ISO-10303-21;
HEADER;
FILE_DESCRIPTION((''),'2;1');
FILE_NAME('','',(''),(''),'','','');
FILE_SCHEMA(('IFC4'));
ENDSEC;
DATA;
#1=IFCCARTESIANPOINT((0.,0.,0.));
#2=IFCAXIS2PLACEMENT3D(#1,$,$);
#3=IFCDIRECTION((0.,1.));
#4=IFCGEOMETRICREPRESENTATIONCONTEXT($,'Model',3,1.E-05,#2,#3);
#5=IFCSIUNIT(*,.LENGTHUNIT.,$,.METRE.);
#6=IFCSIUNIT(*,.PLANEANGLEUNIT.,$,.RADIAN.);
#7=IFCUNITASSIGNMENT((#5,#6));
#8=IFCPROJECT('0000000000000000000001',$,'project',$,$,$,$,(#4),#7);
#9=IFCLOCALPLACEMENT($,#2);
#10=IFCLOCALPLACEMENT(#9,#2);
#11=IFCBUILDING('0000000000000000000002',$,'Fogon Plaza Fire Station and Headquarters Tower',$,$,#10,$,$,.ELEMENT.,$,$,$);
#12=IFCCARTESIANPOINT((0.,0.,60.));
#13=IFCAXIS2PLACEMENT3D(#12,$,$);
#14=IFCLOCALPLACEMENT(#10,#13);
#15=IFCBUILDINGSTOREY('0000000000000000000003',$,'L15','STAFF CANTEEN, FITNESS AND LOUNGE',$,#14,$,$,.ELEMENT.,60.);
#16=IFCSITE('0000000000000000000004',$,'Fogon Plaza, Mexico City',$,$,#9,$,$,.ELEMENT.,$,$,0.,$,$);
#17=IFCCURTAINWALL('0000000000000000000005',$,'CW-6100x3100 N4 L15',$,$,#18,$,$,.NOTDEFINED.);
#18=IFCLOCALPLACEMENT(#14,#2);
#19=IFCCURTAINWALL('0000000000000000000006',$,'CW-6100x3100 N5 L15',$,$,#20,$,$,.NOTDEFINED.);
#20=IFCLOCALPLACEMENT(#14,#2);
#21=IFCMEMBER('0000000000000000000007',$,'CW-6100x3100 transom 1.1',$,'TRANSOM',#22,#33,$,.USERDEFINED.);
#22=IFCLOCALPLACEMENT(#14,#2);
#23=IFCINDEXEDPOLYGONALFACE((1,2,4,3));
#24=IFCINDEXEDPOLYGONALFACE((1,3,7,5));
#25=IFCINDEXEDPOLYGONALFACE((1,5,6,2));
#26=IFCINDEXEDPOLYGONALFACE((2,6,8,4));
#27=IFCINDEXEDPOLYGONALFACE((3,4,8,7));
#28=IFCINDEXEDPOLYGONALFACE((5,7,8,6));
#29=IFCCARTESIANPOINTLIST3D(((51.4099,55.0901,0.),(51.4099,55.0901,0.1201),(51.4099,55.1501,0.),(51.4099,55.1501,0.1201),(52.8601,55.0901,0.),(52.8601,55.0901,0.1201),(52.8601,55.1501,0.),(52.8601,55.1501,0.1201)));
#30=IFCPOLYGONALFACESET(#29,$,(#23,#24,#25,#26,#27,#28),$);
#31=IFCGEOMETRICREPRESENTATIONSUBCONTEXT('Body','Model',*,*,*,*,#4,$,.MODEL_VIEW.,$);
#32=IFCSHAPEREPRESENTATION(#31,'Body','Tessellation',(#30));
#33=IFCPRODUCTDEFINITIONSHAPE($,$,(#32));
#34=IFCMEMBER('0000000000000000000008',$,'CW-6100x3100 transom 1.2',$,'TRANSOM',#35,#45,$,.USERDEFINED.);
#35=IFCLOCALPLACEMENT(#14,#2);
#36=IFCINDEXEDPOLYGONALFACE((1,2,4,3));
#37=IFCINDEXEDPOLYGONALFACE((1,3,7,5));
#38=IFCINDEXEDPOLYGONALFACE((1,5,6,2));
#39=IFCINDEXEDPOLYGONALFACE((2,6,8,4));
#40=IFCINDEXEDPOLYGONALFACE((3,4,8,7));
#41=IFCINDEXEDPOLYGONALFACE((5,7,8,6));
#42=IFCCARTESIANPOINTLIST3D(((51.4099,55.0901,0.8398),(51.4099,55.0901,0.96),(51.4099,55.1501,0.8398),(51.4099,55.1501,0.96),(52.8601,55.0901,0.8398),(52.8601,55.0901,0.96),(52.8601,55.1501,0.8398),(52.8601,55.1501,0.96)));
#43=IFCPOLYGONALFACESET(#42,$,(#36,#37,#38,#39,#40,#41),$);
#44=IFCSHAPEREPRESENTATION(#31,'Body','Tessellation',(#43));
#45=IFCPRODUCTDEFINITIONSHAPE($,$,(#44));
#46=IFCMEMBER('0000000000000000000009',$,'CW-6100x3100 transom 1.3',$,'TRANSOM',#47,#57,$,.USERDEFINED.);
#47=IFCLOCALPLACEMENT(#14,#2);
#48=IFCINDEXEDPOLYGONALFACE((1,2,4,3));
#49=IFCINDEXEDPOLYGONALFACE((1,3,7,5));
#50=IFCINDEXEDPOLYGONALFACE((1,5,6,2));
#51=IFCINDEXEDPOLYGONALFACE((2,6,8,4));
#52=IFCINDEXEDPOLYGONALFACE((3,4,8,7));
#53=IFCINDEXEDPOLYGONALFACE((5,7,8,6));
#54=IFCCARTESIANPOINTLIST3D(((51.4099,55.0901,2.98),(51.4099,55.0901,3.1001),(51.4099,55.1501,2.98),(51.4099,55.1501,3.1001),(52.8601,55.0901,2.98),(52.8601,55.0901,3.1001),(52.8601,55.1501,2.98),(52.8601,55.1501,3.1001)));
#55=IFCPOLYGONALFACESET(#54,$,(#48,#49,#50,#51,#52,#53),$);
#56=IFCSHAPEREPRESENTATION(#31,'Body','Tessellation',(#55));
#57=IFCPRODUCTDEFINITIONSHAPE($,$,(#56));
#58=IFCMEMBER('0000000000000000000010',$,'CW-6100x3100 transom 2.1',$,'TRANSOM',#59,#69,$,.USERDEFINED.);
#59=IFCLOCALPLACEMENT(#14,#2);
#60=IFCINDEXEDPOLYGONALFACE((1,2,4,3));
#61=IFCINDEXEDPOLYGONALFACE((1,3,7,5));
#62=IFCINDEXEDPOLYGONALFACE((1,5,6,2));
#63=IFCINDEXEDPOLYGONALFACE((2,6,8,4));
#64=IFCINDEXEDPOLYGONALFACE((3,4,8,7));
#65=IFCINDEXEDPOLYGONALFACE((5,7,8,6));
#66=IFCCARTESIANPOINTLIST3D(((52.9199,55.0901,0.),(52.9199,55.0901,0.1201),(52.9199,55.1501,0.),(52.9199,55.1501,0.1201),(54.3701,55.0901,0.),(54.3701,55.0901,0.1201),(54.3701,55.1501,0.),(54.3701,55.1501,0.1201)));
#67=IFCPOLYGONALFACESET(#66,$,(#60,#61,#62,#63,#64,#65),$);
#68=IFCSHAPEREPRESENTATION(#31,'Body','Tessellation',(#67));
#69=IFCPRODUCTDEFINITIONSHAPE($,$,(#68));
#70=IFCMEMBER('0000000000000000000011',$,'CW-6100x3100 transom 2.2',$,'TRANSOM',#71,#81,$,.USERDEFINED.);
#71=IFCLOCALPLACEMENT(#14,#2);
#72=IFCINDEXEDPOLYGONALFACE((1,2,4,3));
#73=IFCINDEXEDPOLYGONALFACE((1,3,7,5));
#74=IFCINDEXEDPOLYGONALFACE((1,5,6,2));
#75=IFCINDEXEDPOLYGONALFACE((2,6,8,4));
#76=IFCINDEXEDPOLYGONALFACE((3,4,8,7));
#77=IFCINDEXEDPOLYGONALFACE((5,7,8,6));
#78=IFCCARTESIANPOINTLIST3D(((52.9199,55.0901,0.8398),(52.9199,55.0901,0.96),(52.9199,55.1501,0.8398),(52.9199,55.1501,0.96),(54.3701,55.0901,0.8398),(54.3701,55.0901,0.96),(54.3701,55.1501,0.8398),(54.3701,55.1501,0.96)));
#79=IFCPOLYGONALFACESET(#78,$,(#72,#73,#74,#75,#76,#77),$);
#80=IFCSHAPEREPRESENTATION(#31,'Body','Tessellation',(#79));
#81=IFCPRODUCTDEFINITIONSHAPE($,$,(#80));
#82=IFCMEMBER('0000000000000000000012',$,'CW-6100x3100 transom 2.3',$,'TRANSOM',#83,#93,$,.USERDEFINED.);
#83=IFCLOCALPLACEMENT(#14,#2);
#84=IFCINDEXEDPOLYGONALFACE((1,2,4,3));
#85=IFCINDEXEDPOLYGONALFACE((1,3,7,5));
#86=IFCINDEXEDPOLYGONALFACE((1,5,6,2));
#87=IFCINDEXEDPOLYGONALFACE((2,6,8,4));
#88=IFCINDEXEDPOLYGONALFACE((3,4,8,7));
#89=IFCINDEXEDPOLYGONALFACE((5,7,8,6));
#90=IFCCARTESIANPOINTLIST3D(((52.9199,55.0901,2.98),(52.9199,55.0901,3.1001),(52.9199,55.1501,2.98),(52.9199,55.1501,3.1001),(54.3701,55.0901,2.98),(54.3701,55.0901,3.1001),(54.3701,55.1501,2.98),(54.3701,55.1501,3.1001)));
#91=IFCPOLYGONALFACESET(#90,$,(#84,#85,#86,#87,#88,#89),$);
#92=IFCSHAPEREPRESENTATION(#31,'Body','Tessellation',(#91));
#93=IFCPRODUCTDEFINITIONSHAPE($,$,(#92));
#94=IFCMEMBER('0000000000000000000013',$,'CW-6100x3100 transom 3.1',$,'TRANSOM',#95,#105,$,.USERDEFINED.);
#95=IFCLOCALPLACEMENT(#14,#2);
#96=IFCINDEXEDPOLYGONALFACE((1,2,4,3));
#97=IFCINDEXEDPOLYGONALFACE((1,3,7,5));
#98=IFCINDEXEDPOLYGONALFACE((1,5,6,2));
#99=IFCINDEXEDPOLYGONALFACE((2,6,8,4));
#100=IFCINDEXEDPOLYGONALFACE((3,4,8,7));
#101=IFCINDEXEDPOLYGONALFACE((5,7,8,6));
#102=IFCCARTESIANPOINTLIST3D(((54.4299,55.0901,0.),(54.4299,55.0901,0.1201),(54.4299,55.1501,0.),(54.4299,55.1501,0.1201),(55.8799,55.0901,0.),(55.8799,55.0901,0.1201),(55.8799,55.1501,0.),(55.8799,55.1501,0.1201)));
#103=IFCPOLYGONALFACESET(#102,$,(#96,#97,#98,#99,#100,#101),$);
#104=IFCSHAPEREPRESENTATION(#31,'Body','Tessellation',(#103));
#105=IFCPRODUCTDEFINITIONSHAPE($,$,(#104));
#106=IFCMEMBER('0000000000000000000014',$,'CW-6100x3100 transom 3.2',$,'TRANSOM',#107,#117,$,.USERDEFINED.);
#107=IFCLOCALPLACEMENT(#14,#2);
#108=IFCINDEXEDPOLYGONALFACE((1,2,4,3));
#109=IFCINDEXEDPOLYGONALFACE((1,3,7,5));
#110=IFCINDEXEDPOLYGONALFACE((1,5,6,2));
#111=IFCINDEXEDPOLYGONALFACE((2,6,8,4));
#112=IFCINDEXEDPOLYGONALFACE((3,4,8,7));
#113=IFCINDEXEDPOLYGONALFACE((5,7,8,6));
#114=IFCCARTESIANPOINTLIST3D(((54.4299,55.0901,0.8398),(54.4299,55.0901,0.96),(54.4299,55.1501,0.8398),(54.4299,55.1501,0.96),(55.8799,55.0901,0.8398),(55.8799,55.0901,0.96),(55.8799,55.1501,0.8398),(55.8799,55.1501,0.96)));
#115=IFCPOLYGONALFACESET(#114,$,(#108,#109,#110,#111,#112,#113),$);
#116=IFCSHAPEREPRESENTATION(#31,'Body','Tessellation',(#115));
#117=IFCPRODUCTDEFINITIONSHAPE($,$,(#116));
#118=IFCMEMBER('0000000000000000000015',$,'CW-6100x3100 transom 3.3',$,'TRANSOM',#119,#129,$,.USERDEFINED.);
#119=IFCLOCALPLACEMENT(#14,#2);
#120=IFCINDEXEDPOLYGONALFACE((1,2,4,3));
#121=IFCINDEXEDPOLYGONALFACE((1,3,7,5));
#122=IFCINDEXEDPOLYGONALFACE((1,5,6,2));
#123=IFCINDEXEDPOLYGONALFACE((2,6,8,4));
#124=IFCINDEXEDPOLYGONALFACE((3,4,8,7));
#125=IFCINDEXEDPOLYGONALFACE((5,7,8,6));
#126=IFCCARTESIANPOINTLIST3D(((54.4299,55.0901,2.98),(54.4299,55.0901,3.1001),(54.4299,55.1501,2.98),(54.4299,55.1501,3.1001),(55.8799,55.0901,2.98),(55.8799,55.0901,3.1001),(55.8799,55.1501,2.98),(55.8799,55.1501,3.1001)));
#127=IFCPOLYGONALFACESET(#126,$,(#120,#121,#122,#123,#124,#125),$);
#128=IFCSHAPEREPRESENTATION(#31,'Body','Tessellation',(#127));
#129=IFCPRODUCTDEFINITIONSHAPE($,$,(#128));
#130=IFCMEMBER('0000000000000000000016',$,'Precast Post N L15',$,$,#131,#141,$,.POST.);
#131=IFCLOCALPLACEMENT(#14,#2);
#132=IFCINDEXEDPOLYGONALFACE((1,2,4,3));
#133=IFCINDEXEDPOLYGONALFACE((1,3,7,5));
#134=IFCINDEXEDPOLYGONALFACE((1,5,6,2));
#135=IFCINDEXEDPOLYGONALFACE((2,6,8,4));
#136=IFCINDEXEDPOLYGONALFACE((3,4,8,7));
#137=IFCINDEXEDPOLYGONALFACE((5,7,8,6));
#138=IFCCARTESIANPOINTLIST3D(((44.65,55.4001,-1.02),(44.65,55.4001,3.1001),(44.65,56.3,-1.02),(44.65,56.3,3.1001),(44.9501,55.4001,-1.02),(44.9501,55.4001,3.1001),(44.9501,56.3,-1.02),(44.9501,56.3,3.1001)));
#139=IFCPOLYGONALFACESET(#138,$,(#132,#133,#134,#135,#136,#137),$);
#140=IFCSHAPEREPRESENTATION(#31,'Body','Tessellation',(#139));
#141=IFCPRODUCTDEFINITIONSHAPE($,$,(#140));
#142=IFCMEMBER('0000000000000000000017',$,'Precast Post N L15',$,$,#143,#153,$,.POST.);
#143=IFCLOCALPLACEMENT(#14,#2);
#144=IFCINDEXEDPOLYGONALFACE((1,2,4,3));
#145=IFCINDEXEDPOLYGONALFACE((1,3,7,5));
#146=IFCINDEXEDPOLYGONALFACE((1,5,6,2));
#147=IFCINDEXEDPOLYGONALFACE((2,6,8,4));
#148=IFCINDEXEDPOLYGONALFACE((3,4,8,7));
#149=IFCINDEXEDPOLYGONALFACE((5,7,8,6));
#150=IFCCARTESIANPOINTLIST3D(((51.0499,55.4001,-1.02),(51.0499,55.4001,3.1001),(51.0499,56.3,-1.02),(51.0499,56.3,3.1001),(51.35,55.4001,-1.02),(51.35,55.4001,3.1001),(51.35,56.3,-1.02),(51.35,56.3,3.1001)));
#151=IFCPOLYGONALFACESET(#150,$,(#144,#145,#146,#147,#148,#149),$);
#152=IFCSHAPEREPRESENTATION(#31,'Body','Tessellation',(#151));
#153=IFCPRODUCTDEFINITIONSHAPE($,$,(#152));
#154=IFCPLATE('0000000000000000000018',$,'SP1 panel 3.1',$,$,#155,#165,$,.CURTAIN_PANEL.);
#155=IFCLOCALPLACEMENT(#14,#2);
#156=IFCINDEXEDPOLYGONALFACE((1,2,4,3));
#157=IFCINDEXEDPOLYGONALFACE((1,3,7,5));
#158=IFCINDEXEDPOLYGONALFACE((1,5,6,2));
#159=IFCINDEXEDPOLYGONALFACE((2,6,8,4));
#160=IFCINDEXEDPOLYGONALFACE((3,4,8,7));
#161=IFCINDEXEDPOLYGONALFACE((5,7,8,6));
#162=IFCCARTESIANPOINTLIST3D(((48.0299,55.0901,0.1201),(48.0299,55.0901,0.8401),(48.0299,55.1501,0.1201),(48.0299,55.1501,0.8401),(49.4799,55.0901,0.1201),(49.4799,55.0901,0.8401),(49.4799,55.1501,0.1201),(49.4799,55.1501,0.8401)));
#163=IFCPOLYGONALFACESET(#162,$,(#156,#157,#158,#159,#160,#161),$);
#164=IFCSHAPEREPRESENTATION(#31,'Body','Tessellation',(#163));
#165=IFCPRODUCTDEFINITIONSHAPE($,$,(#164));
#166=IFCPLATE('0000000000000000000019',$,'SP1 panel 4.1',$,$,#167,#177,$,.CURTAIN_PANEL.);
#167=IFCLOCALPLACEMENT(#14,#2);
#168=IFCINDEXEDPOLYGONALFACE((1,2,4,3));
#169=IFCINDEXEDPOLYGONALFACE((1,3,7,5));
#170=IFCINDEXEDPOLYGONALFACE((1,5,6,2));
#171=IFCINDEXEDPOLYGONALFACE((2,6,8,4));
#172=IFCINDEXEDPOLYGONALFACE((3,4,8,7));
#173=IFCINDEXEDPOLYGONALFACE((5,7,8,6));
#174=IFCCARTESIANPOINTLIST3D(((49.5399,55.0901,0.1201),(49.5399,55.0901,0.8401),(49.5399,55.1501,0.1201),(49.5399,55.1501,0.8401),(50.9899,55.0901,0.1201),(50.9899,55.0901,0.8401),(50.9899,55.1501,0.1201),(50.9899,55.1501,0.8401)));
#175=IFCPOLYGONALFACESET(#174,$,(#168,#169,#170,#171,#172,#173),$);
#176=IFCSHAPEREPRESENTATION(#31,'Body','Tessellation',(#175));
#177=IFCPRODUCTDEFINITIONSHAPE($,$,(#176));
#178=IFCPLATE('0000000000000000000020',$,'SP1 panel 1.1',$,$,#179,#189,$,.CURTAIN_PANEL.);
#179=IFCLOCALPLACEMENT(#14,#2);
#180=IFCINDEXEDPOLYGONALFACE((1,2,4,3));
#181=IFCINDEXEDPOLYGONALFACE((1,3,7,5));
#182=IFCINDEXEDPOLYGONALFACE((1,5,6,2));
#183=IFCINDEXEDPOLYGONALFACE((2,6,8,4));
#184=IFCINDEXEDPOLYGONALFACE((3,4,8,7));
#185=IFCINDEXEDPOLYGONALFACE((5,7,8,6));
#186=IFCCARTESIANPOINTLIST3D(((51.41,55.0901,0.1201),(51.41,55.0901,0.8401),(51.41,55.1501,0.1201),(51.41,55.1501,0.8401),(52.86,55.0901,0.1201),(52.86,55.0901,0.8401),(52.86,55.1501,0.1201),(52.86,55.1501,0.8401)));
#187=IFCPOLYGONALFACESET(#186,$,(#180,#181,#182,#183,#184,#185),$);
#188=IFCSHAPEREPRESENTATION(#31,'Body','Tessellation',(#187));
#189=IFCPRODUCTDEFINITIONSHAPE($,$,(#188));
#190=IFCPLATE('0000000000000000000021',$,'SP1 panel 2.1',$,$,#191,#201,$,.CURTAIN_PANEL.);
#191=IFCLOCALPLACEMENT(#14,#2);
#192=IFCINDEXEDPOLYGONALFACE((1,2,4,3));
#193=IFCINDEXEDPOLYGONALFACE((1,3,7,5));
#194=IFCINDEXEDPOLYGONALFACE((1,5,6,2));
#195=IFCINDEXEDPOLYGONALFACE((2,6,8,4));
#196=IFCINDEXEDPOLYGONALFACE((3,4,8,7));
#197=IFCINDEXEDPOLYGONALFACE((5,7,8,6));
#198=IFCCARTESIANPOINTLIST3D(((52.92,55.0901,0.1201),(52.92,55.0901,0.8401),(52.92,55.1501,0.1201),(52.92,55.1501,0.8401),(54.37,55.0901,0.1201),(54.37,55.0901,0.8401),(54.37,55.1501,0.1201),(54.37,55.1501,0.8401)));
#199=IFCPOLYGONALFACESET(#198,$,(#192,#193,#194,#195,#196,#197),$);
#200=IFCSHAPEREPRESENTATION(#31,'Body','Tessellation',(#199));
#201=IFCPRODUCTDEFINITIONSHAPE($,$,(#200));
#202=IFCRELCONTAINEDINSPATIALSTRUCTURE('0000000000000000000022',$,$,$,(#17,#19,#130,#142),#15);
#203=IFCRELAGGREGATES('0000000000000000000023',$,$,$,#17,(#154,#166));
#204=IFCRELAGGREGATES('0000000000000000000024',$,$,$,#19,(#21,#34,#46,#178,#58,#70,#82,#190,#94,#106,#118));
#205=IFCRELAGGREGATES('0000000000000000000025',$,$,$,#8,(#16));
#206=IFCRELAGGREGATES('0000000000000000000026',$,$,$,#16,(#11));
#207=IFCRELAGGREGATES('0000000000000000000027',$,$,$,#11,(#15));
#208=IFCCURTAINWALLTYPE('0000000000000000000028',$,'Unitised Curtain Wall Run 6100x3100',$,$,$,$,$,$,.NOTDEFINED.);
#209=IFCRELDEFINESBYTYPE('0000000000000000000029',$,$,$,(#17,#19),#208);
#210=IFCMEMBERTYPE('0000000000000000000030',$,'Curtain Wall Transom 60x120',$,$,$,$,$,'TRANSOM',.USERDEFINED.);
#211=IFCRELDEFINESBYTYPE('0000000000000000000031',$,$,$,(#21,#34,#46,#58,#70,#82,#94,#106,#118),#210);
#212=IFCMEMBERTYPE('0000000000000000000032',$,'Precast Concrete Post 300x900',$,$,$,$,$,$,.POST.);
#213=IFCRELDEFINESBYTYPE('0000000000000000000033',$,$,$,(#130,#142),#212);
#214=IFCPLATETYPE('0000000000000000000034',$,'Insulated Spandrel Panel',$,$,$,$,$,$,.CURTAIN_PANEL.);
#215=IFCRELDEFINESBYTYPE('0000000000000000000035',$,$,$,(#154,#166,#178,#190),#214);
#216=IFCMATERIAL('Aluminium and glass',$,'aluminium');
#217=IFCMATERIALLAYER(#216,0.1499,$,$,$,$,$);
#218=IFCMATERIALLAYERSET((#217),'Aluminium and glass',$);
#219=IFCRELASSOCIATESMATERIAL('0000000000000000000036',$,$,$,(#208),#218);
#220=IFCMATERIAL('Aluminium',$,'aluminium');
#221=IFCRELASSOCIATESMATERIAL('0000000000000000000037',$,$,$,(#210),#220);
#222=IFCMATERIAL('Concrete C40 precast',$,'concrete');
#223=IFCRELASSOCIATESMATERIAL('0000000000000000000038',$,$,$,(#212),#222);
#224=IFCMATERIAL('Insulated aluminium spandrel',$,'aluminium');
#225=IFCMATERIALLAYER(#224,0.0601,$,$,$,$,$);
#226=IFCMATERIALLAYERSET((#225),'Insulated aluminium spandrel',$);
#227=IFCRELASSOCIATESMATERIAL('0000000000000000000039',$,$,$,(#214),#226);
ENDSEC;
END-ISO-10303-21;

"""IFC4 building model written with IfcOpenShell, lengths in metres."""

from ifc_helpers import new_model, si_unit, direction, frame, origin, origin_2d, place, context, subcontext, project, spatial, rectangle, extrude, material, layer, layer_set, material_profile, profile_set, type_object, element, aggregate, save


model = new_model("IFC4")

# Units and contexts
model_context = context("Model", 3, precision=1e-05, world=origin(), true_north=direction((0.0, 1.0)))
body_context = subcontext(model_context, "Body", "Model", "MODEL_VIEW")
ifc_project = project(units=[si_unit("LENGTHUNIT", "METRE"), si_unit("PLANEANGLEUNIT", "RADIAN")], contexts=[model_context])

# Site, building, storey
site_placement = place(None, origin())
site = spatial("IfcSite", under=ifc_project, at=site_placement, Name="Fogon Plaza, Mexico City", CompositionType="ELEMENT", RefElevation=0.0)
building_placement = place(site_placement, origin())
building = spatial("IfcBuilding", under=site, at=building_placement, Name="Fogon Plaza Fire Station and Headquarters Tower", CompositionType="ELEMENT")
storey_placement = place(building_placement, frame((0.0, 0.0, 60.0)))
storey = spatial("IfcBuildingStorey", under=building, at=storey_placement, Name="L15", Description="STAFF CANTEEN, FITNESS AND LOUNGE", CompositionType="ELEMENT", Elevation=60.0)

# Curtain walls
ifc_material_1 = material(Name="Aluminium and glass", Category="aluminium")
ifc_layer_1 = layer(ifc_material_1, 0.1499)
ifc_layer_set_1 = layer_set([ifc_layer_1], Name="Aluminium and glass")
curtain_wall_type = type_object("IfcCurtainWallType", Name="Unitised Curtain Wall Run 6100x3100", PredefinedType="NOTDEFINED", material=ifc_layer_set_1)
curtain_wall_1_placement = place(storey_placement, origin())
curtain_wall_1 = element("IfcCurtainWall", 1, at=curtain_wall_1_placement, inside=storey, type_object=curtain_wall_type, Name="CW-6100x3100 N4 L15", PredefinedType="NOTDEFINED")
curtain_wall_2_placement = place(storey_placement, origin())
curtain_wall_2 = element("IfcCurtainWall", 2, at=curtain_wall_2_placement, inside=storey, type_object=curtain_wall_type, Name="CW-6100x3100 N5 L15", PredefinedType="NOTDEFINED")

# Members
ifc_material_2 = material(Name="Aluminium", Category="aluminium")
ifc_material_profile_1 = material_profile(ifc_material_2, rectangle(XDim=0.0601, YDim=0.1201, at=origin_2d()), Name="Curtain Wall Transom 60x120")
ifc_profile_set_1 = profile_set([ifc_material_profile_1], Name="Aluminium")
member_type_1 = type_object("IfcMemberType", Name="Curtain Wall Transom 60x120", ElementType="TRANSOM", PredefinedType="USERDEFINED", material=ifc_profile_set_1)
member_1_placement = place(storey_placement, frame((51.4099, 55.1201, 0.0601), z_axis=(1.0, 0.0, 0.0), x_axis=(0.0, 1.0, 0.0)))
member_1 = element("IfcMember", 3, at=member_1_placement, type_object=member_type_1, Name="CW-6100x3100 transom 1.1", ObjectType="TRANSOM", PredefinedType="USERDEFINED", context=body_context, shape_type="SweptSolid", body=[
    extrude(rectangle(XDim=0.0601, YDim=0.1201, at=origin_2d()), origin(), (0.0, 0.0, 1.0), 1.4502),
])
member_2_placement = place(storey_placement, frame((51.4099, 55.1201, 0.8999), z_axis=(1.0, 0.0, 0.0), x_axis=(0.0, 1.0, 0.0)))
member_2 = element("IfcMember", 4, at=member_2_placement, type_object=member_type_1, Name="CW-6100x3100 transom 1.2", ObjectType="TRANSOM", PredefinedType="USERDEFINED", context=body_context, shape_type="SweptSolid", body=[
    extrude(rectangle(XDim=0.0601, YDim=0.1201, at=origin_2d()), origin(), (0.0, 0.0, 1.0), 1.4502),
])
member_3_placement = place(storey_placement, frame((51.4099, 55.1201, 3.04), z_axis=(1.0, 0.0, 0.0), x_axis=(0.0, 1.0, 0.0)))
member_3 = element("IfcMember", 5, at=member_3_placement, type_object=member_type_1, Name="CW-6100x3100 transom 1.3", ObjectType="TRANSOM", PredefinedType="USERDEFINED", context=body_context, shape_type="SweptSolid", body=[
    extrude(rectangle(XDim=0.0601, YDim=0.1201, at=origin_2d()), origin(), (0.0, 0.0, 1.0), 1.4502),
])
member_4_placement = place(storey_placement, frame((52.9199, 55.1201, 0.0601), z_axis=(1.0, 0.0, 0.0), x_axis=(0.0, 1.0, 0.0)))
member_4 = element("IfcMember", 6, at=member_4_placement, type_object=member_type_1, Name="CW-6100x3100 transom 2.1", ObjectType="TRANSOM", PredefinedType="USERDEFINED", context=body_context, shape_type="SweptSolid", body=[
    extrude(rectangle(XDim=0.0601, YDim=0.1201, at=origin_2d()), origin(), (0.0, 0.0, 1.0), 1.4502),
])
member_5_placement = place(storey_placement, frame((52.9199, 55.1201, 0.8999), z_axis=(1.0, 0.0, 0.0), x_axis=(0.0, 1.0, 0.0)))
member_5 = element("IfcMember", 7, at=member_5_placement, type_object=member_type_1, Name="CW-6100x3100 transom 2.2", ObjectType="TRANSOM", PredefinedType="USERDEFINED", context=body_context, shape_type="SweptSolid", body=[
    extrude(rectangle(XDim=0.0601, YDim=0.1201, at=origin_2d()), origin(), (0.0, 0.0, 1.0), 1.4502),
])
member_6_placement = place(storey_placement, frame((52.9199, 55.1201, 3.04), z_axis=(1.0, 0.0, 0.0), x_axis=(0.0, 1.0, 0.0)))
member_6 = element("IfcMember", 8, at=member_6_placement, type_object=member_type_1, Name="CW-6100x3100 transom 2.3", ObjectType="TRANSOM", PredefinedType="USERDEFINED", context=body_context, shape_type="SweptSolid", body=[
    extrude(rectangle(XDim=0.0601, YDim=0.1201, at=origin_2d()), origin(), (0.0, 0.0, 1.0), 1.4502),
])
member_7_placement = place(storey_placement, frame((54.4299, 55.1201, 0.0601), z_axis=(1.0, 0.0, 0.0), x_axis=(0.0, 1.0, 0.0)))
member_7 = element("IfcMember", 9, at=member_7_placement, type_object=member_type_1, Name="CW-6100x3100 transom 3.1", ObjectType="TRANSOM", PredefinedType="USERDEFINED", context=body_context, shape_type="SweptSolid", body=[
    extrude(rectangle(XDim=0.0601, YDim=0.1201, at=origin_2d()), origin(), (0.0, 0.0, 1.0), 1.45),
])
member_8_placement = place(storey_placement, frame((54.4299, 55.1201, 0.8999), z_axis=(1.0, 0.0, 0.0), x_axis=(0.0, 1.0, 0.0)))
member_8 = element("IfcMember", 10, at=member_8_placement, type_object=member_type_1, Name="CW-6100x3100 transom 3.2", ObjectType="TRANSOM", PredefinedType="USERDEFINED", context=body_context, shape_type="SweptSolid", body=[
    extrude(rectangle(XDim=0.0601, YDim=0.1201, at=origin_2d()), origin(), (0.0, 0.0, 1.0), 1.45),
])
member_9_placement = place(storey_placement, frame((54.4299, 55.1201, 3.04), z_axis=(1.0, 0.0, 0.0), x_axis=(0.0, 1.0, 0.0)))
member_9 = element("IfcMember", 11, at=member_9_placement, type_object=member_type_1, Name="CW-6100x3100 transom 3.3", ObjectType="TRANSOM", PredefinedType="USERDEFINED", context=body_context, shape_type="SweptSolid", body=[
    extrude(rectangle(XDim=0.0601, YDim=0.1201, at=origin_2d()), origin(), (0.0, 0.0, 1.0), 1.45),
])

# Members
ifc_material_3 = material(Name="Concrete C40 precast", Category="concrete")
ifc_material_profile_2 = material_profile(ifc_material_3, rectangle(XDim=0.3, YDim=0.8999, at=origin_2d()), Name="Precast Concrete Post 300x900")
ifc_profile_set_2 = profile_set([ifc_material_profile_2], Name="Concrete C40 precast")
member_type_2 = type_object("IfcMemberType", Name="Precast Concrete Post 300x900", PredefinedType="POST", material=ifc_profile_set_2)
for number, where, z_axis, x_axis, name in (
    (12, (44.8, 55.8501, -1.02), (0.0, 0.0, 1.0), (1.0, 0.0, 0.0), "Precast Post N L15"),
    (13, (51.2, 55.8501, -1.02), (0.0, 0.0, 1.0), (1.0, 0.0, 0.0), "Precast Post N L15"),
):
    element("IfcMember", number, at=place(storey_placement, frame(where, z_axis=z_axis, x_axis=x_axis)), inside=storey, type_object=member_type_2, Name=name, PredefinedType="POST", context=body_context, shape_type="SweptSolid", body=[
        extrude(rectangle(XDim=0.3, YDim=0.8999, at=origin_2d()), origin(), (0.0, 0.0, 1.0), 4.1201),
    ])

# Plates
ifc_material_4 = material(Name="Insulated aluminium spandrel", Category="aluminium")
ifc_layer_2 = layer(ifc_material_4, 0.0601)
ifc_layer_set_2 = layer_set([ifc_layer_2], Name="Insulated aluminium spandrel")
plate_type_1 = type_object("IfcPlateType", Name="Insulated Spandrel Panel", PredefinedType="CURTAIN_PANEL", material=ifc_layer_set_2)
plate_1_placement = place(storey_placement, frame((48.7549, 55.1201, 0.1201), z_axis=(0.0, 0.0, 1.0), x_axis=(1.0, 0.0, 0.0)))
plate_1 = element("IfcPlate", 14, at=plate_1_placement, type_object=plate_type_1, Name="SP1 panel 3.1", PredefinedType="CURTAIN_PANEL", context=body_context, shape_type="SweptSolid", body=[
    extrude(rectangle(XDim=1.45, YDim=0.0601, at=origin_2d()), origin(), (0.0, 0.0, 1.0), 0.72),
])
plate_2_placement = place(storey_placement, frame((50.2649, 55.1201, 0.1201), z_axis=(0.0, 0.0, 1.0), x_axis=(1.0, 0.0, 0.0)))
plate_2 = element("IfcPlate", 15, at=plate_2_placement, type_object=plate_type_1, Name="SP1 panel 4.1", PredefinedType="CURTAIN_PANEL", context=body_context, shape_type="SweptSolid", body=[
    extrude(rectangle(XDim=1.45, YDim=0.0601, at=origin_2d()), origin(), (0.0, 0.0, 1.0), 0.72),
])
plate_3_placement = place(storey_placement, frame((52.135, 55.1201, 0.1201), z_axis=(0.0, 0.0, 1.0), x_axis=(1.0, 0.0, 0.0)))
plate_3 = element("IfcPlate", 16, at=plate_3_placement, type_object=plate_type_1, Name="SP1 panel 1.1", PredefinedType="CURTAIN_PANEL", context=body_context, shape_type="SweptSolid", body=[
    extrude(rectangle(XDim=1.45, YDim=0.0601, at=origin_2d()), origin(), (0.0, 0.0, 1.0), 0.72),
])
plate_4_placement = place(storey_placement, frame((53.645, 55.1201, 0.1201), z_axis=(0.0, 0.0, 1.0), x_axis=(1.0, 0.0, 0.0)))
plate_4 = element("IfcPlate", 17, at=plate_4_placement, type_object=plate_type_1, Name="SP1 panel 2.1", PredefinedType="CURTAIN_PANEL", context=body_context, shape_type="SweptSolid", body=[
    extrude(rectangle(XDim=1.45, YDim=0.0601, at=origin_2d()), origin(), (0.0, 0.0, 1.0), 0.72),
])
aggregate(curtain_wall_1, [plate_1, plate_2])
aggregate(curtain_wall_2, [member_1, member_2, member_3, plate_3, member_4, member_5, member_6, plate_4, member_7, member_8, member_9])

save(model, "model.ifc")
